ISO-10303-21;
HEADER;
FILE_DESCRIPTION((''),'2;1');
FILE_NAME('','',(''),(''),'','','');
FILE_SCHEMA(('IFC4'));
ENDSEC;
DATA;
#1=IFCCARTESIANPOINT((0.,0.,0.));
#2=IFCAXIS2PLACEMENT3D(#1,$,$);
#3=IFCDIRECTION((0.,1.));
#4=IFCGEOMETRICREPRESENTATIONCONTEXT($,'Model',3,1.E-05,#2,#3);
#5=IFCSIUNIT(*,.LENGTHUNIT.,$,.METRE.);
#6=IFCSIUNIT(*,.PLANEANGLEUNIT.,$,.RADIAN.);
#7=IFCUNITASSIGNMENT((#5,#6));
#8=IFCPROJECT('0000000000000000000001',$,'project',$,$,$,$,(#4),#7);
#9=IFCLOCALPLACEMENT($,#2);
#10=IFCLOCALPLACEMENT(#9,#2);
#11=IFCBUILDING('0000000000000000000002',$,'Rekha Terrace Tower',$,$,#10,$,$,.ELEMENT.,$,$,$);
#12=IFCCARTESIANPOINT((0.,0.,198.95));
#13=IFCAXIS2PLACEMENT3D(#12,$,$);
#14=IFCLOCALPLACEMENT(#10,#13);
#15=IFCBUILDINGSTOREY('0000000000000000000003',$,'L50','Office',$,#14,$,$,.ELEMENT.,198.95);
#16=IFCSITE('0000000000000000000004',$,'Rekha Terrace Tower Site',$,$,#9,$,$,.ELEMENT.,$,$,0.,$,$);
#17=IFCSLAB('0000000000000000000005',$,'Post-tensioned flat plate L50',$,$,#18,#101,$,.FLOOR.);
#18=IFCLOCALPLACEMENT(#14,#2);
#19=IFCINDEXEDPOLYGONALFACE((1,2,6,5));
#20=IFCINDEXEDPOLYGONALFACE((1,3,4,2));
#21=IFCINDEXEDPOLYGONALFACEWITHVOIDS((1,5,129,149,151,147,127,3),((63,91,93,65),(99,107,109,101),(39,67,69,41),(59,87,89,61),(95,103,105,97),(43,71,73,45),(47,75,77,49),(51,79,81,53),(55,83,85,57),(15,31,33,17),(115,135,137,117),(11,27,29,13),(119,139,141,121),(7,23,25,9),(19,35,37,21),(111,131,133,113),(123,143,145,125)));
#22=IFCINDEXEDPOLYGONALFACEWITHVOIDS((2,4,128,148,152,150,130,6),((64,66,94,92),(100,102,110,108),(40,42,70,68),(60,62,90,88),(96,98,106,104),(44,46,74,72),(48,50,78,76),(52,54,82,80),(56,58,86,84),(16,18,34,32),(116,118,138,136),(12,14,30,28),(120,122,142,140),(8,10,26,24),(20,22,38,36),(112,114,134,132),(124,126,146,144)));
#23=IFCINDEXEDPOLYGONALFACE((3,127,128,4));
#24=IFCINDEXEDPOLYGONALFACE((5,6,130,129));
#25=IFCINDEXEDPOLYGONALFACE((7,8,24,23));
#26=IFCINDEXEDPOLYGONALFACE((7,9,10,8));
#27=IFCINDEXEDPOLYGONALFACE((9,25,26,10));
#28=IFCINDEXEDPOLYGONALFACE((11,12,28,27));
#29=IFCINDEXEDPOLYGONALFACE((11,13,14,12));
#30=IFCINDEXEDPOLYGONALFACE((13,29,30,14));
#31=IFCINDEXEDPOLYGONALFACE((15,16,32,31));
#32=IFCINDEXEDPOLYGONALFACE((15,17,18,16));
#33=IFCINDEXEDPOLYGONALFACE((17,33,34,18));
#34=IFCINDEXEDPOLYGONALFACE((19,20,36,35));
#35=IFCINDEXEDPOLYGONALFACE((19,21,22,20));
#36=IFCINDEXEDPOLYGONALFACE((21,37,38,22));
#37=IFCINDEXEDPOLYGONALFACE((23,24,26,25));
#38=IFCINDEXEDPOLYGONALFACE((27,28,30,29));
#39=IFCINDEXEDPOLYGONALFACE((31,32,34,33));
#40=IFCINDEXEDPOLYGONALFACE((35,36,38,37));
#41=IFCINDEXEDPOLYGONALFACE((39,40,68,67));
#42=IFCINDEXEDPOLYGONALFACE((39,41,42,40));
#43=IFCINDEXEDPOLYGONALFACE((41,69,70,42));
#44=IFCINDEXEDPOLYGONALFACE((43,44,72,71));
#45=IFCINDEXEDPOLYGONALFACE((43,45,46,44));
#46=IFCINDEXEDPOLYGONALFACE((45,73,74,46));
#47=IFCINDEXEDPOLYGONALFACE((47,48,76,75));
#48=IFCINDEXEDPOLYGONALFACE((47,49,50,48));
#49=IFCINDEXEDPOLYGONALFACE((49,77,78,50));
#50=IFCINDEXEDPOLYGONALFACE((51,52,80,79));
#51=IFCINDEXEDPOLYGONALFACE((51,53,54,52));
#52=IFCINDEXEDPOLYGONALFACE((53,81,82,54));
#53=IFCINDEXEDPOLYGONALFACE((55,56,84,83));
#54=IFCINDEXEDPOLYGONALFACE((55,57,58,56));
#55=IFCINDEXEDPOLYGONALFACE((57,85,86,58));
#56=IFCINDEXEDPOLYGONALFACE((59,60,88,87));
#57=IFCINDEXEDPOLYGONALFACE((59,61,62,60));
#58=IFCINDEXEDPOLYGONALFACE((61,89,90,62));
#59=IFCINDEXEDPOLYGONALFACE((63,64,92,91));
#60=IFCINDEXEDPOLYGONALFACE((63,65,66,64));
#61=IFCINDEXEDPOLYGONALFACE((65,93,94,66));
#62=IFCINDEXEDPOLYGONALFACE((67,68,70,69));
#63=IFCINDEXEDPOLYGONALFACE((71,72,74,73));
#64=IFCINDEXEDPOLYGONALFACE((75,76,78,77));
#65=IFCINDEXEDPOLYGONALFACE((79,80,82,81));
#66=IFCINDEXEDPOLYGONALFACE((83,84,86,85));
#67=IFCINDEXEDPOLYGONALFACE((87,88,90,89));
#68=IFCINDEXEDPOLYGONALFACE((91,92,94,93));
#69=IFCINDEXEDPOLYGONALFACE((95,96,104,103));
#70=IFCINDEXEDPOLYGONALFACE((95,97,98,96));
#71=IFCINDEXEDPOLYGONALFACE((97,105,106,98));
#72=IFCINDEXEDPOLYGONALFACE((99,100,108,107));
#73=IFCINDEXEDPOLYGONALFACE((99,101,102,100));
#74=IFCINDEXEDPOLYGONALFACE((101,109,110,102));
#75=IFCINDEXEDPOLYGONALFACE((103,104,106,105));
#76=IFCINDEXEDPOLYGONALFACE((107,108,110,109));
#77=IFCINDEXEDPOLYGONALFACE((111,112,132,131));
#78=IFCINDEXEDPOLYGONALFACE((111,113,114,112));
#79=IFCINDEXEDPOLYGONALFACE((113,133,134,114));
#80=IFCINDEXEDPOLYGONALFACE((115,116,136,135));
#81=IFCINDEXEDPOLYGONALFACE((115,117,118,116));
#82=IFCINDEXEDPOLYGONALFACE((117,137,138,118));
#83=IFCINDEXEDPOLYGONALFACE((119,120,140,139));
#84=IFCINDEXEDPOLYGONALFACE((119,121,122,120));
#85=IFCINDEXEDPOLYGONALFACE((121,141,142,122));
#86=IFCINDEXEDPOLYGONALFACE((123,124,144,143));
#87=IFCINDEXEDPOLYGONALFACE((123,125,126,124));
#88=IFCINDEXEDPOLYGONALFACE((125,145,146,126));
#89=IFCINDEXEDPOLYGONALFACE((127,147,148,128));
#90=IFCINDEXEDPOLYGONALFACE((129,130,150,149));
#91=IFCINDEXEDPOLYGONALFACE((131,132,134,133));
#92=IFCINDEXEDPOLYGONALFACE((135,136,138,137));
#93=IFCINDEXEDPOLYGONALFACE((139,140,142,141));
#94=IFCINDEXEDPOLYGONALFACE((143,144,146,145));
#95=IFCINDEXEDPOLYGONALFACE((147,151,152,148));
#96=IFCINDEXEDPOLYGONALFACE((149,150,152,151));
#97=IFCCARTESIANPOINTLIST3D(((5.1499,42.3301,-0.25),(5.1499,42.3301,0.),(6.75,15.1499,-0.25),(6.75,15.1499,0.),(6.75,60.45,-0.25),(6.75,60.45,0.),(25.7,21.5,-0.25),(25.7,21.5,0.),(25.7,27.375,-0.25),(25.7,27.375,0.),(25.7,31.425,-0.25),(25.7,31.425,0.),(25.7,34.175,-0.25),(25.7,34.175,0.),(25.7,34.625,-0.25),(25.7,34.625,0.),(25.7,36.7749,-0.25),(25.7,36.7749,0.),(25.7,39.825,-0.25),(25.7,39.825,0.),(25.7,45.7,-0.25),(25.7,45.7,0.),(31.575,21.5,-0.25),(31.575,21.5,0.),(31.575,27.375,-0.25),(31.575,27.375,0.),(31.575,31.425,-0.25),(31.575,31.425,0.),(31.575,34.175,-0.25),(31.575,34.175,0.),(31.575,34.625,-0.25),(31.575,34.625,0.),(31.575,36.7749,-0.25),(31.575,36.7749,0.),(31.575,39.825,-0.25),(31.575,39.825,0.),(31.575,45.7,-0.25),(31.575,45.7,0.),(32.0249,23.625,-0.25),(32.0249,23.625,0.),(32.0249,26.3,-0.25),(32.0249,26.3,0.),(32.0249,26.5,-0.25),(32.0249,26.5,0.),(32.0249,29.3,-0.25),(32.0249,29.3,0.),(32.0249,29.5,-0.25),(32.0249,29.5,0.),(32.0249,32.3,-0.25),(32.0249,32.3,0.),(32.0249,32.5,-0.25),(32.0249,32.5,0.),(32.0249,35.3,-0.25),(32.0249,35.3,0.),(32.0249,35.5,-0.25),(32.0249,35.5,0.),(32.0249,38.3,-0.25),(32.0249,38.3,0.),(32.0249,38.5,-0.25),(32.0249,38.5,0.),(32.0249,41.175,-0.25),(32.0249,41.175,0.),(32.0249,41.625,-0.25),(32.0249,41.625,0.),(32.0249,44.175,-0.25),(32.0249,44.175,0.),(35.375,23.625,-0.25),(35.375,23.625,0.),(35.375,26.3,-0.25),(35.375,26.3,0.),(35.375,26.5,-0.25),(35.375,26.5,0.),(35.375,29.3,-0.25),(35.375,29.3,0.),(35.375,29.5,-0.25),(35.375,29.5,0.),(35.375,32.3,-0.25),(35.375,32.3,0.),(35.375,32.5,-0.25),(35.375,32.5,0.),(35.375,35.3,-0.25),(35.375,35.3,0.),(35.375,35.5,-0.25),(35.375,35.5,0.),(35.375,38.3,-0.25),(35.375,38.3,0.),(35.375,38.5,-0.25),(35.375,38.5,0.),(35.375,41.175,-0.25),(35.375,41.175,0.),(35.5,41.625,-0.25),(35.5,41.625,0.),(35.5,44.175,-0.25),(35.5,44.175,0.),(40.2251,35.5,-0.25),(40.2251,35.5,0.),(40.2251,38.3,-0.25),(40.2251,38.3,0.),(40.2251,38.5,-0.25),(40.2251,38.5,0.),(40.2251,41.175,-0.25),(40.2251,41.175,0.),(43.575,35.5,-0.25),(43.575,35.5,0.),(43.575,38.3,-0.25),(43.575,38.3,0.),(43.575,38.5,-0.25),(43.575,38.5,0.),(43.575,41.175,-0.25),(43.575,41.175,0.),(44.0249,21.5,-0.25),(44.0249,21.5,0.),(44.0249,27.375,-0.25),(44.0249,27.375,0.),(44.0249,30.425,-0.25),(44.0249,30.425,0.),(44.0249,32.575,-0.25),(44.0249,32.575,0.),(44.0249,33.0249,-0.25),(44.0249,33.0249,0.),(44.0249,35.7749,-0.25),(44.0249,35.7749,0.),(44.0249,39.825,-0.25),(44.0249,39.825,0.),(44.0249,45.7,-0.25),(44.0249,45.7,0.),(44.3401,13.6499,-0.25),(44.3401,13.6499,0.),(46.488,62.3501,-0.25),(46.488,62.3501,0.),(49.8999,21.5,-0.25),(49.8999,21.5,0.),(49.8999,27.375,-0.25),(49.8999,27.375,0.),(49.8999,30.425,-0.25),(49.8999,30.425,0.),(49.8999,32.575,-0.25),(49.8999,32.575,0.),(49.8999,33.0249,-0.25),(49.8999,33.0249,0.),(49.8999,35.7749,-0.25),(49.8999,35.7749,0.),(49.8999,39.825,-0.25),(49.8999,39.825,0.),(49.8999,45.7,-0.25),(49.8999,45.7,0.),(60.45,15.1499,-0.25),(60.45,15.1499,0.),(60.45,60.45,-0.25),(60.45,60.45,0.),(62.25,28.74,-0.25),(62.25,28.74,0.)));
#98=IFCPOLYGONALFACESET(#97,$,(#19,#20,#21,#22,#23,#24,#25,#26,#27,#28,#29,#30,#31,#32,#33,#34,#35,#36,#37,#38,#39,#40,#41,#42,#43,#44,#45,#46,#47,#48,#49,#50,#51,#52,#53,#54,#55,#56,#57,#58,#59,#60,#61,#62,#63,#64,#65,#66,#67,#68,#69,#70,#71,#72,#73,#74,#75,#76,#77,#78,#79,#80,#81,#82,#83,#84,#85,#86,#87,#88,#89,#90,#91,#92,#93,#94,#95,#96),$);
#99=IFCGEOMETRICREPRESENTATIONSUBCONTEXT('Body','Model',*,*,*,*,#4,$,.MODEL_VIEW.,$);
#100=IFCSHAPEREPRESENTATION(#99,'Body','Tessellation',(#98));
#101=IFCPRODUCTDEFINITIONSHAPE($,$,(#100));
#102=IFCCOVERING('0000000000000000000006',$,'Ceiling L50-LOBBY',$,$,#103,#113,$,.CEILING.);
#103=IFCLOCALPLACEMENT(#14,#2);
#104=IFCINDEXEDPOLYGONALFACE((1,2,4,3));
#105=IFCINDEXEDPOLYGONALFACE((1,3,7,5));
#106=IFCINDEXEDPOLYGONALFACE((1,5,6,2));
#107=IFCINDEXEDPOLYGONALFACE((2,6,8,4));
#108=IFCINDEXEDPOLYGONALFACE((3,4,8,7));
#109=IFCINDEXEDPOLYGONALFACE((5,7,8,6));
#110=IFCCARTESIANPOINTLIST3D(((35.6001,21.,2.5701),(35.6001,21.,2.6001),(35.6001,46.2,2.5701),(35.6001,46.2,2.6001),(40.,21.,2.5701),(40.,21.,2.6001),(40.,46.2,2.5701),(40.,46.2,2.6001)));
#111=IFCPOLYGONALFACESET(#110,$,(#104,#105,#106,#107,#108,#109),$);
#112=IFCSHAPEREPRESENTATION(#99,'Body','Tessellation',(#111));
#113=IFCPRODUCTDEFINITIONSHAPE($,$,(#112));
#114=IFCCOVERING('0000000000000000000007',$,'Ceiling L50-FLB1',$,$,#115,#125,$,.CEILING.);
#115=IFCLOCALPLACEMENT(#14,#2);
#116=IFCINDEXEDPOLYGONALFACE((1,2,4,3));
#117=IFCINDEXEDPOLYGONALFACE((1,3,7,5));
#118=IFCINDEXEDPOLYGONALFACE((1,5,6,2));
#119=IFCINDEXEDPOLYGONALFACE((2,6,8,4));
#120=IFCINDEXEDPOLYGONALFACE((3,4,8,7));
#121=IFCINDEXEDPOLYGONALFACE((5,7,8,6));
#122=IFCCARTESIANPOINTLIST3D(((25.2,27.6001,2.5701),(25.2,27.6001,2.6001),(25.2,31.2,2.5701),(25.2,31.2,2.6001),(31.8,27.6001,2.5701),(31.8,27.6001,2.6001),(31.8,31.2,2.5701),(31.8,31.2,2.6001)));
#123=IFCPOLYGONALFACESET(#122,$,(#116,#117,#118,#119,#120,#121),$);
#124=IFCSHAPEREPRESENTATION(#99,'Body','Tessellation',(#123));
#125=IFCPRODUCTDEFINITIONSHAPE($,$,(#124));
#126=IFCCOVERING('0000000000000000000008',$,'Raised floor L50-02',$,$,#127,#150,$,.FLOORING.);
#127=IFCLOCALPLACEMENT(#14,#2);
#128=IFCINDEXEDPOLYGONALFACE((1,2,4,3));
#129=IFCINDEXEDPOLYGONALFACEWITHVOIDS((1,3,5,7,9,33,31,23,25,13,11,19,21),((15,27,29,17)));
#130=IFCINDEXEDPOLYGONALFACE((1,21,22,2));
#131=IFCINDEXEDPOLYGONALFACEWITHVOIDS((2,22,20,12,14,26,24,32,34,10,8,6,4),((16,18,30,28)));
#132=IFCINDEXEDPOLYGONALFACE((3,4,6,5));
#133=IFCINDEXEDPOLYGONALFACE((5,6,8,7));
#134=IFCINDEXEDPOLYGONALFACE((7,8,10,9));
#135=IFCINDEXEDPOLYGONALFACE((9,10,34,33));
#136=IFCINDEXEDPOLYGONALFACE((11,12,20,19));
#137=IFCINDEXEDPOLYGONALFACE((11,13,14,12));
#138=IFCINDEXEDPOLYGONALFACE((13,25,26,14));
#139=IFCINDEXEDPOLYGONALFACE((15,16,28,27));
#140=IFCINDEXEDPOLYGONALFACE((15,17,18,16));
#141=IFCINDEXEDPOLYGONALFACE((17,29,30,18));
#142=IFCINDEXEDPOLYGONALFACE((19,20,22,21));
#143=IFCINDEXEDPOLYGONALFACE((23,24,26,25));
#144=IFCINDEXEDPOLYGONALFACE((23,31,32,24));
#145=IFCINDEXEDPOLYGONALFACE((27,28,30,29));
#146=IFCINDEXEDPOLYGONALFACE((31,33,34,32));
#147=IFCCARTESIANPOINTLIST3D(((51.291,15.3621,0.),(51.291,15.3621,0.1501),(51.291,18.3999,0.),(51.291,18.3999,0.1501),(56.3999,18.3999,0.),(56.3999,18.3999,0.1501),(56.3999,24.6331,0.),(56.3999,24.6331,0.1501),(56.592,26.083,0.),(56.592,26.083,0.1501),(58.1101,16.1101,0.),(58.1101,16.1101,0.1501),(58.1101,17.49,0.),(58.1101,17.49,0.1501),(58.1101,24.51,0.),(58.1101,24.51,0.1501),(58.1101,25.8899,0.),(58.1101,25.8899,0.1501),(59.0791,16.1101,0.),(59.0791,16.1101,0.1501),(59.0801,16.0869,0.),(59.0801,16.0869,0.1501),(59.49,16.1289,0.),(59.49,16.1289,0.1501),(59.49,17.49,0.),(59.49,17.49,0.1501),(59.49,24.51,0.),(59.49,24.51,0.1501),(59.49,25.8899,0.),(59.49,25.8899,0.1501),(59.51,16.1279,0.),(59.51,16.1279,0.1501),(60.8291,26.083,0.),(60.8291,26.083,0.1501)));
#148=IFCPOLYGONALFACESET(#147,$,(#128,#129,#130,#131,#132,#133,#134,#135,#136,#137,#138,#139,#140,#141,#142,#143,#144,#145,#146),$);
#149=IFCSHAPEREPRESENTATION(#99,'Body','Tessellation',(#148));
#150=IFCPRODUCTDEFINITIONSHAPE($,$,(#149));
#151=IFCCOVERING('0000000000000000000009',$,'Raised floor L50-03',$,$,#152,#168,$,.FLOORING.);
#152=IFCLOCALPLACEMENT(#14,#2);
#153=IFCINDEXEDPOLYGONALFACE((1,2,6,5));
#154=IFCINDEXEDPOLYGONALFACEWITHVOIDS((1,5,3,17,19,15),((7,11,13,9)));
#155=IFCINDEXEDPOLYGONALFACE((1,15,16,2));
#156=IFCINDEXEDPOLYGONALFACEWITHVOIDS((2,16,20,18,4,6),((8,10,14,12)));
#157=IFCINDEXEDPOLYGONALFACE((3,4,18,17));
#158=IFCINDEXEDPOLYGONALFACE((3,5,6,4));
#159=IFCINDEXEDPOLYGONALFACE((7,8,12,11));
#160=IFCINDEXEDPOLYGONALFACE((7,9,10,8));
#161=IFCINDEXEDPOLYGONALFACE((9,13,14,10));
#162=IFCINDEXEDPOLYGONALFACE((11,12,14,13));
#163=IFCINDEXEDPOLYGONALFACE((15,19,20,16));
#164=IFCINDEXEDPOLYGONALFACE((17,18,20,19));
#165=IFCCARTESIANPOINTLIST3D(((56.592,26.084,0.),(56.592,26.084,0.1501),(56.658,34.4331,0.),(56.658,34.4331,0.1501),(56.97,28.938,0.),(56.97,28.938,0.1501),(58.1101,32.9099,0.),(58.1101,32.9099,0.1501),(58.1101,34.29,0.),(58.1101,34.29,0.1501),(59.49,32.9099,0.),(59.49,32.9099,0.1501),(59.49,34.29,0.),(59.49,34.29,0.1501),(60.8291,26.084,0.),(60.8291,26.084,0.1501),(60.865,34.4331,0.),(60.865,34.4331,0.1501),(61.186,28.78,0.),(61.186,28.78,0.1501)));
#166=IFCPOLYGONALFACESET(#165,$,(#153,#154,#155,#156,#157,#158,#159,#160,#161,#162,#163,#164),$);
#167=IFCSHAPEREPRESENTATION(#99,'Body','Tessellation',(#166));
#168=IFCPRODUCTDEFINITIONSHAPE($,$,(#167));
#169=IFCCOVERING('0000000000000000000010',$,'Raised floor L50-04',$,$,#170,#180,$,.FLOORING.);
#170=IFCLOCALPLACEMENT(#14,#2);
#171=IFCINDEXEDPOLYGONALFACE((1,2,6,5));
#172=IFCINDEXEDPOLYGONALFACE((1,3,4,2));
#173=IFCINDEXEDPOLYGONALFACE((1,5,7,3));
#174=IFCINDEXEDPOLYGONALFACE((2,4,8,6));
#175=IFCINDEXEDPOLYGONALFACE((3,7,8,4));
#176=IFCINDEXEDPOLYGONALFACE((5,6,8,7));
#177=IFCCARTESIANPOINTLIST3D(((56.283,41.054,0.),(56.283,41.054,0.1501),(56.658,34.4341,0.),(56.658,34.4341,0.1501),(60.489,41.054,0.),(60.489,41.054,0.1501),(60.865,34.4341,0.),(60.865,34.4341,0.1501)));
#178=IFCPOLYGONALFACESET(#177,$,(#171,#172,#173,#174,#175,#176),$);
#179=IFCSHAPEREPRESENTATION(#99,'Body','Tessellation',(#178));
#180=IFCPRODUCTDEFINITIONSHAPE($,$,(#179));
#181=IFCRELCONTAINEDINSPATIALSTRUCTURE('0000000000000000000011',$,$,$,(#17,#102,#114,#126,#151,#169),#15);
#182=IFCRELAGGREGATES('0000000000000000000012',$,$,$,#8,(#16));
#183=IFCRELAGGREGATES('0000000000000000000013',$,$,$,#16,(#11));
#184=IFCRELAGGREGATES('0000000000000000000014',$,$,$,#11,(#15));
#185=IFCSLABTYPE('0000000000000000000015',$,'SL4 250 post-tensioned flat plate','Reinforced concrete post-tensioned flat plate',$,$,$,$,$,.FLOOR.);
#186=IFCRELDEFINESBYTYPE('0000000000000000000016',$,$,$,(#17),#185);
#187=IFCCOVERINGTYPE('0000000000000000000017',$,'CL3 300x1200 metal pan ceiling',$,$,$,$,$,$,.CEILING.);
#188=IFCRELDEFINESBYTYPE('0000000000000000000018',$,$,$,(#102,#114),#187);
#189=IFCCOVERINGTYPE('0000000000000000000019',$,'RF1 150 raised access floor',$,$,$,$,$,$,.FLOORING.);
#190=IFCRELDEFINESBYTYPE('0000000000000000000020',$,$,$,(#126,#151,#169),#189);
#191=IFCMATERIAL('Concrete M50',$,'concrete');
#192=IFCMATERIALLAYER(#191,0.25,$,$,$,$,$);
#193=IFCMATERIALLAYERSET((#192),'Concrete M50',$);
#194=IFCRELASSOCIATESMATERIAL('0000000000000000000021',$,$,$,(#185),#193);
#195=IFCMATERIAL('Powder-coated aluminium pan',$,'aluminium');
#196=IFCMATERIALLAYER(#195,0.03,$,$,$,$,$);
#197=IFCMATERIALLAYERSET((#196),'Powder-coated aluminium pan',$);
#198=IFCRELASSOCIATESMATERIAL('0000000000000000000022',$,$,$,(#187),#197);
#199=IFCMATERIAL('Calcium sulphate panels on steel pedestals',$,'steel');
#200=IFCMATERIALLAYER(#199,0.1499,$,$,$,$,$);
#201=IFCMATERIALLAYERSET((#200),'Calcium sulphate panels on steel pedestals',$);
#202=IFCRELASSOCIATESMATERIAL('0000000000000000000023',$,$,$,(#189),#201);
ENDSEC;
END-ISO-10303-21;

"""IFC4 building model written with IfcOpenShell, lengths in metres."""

from ifc_helpers import new_model, si_unit, direction, frame, origin, place, context, subcontext, project, spatial, polyline, outline, extrude, material, layer, layer_set, type_object, element, save


model = new_model("IFC4")

# Units and contexts
model_context = context("Model", 3, precision=1e-05, world=origin(), true_north=direction((0.0, 1.0)))
body_context = subcontext(model_context, "Body", "Model", "MODEL_VIEW")
ifc_project = project(units=[si_unit("LENGTHUNIT", "METRE"), si_unit("PLANEANGLEUNIT", "RADIAN")], contexts=[model_context])

# Site, building, storey
site_placement = place(None, origin())
site = spatial("IfcSite", under=ifc_project, at=site_placement, Name="Rekha Terrace Tower Site", CompositionType="ELEMENT", RefElevation=0.0)
building_placement = place(site_placement, origin())
building = spatial("IfcBuilding", under=site, at=building_placement, Name="Rekha Terrace Tower", CompositionType="ELEMENT")
storey_placement = place(building_placement, frame((0.0, 0.0, 198.95)))
storey = spatial("IfcBuildingStorey", under=building, at=storey_placement, Name="L50", Description="Office", CompositionType="ELEMENT", Elevation=198.95)

# Slab
ifc_material_1 = material(Name="Concrete M50", Category="concrete")
ifc_layer_1 = layer(ifc_material_1, 0.25)
ifc_layer_set_1 = layer_set([ifc_layer_1], Name="Concrete M50")
slab_type_1 = type_object("IfcSlabType", Name="SL4 250 post-tensioned flat plate", Description="Reinforced concrete post-tensioned flat plate", PredefinedType="FLOOR", material=ifc_layer_set_1)
slab_1_placement = place(storey_placement, frame((0.0, 0.0, -0.25)))
element("IfcSlab", 1, at=slab_1_placement, inside=storey, type_object=slab_type_1, Name="Post-tensioned flat plate L50", PredefinedType="FLOOR", context=body_context, shape_type="SweptSolid", body=[
    extrude(outline(polyline([(5.1499, 42.3301), (6.75, 15.1499), (44.3401, 13.6499), (60.45, 15.1499), (62.25, 28.74), (60.45, 60.45), (46.488, 62.3501), (6.75, 60.45), (5.1499, 42.3301)]), holes=[polyline([(31.575, 27.375), (31.575, 21.5), (25.7, 21.5), (25.7, 27.375), (31.575, 27.375)]), polyline([(35.375, 26.3), (35.375, 23.625), (32.0249, 23.625), (32.0249, 26.3), (35.375, 26.3)]), polyline([(35.375, 29.3), (35.375, 26.5), (32.0249, 26.5), (32.0249, 29.3), (35.375, 29.3)]), polyline([(35.375, 32.3), (35.375, 29.5), (32.0249, 29.5), (32.0249, 32.3), (35.375, 32.3)]), polyline([(31.575, 34.175), (31.575, 31.425), (25.7, 31.425), (25.7, 34.175), (31.575, 34.175)]), polyline([(35.375, 35.3), (35.375, 32.5), (32.0249, 32.5), (32.0249, 35.3), (35.375, 35.3)]), polyline([(31.575, 36.7749), (31.575, 34.625), (25.7, 34.625), (25.7, 36.7749), (31.575, 36.7749)]), polyline([(35.375, 38.3), (35.375, 35.5), (32.0249, 35.5), (32.0249, 38.3), (35.375, 38.3)]), polyline([(31.575, 45.7), (31.575, 39.825), (25.7, 39.825), (25.7, 45.7), (31.575, 45.7)]), polyline([(49.8999, 27.375), (49.8999, 21.5), (44.0249, 21.5), (44.0249, 27.375), (49.8999, 27.375)]), polyline([(49.8999, 32.575), (49.8999, 30.425), (44.0249, 30.425), (44.0249, 32.575), (49.8999, 32.575)]), polyline([(49.8999, 35.7749), (49.8999, 33.0249), (44.0249, 33.0249), (44.0249, 35.7749), (49.8999, 35.7749)]), polyline([(43.575, 38.3), (43.575, 35.5), (40.2251, 35.5), (40.2251, 38.3), (43.575, 38.3)]), polyline([(35.375, 41.175), (35.375, 38.5), (32.0249, 38.5), (32.0249, 41.175), (35.375, 41.175)]), polyline([(43.575, 41.175), (43.575, 38.5), (40.2251, 38.5), (40.2251, 41.175), (43.575, 41.175)]), polyline([(49.8999, 39.825), (44.0249, 39.825), (44.0249, 45.7), (49.8999, 45.7), (49.8999, 39.825)]), polyline([(35.5, 41.625), (32.0249, 41.625), (32.0249, 44.175), (35.5, 44.175), (35.5, 41.625)])]), origin(), (0.0, 0.0, 1.0), 0.25),
])

# Coverings
ifc_material_2 = material(Name="Powder-coated aluminium pan", Category="aluminium")
ifc_layer_2 = layer(ifc_material_2, 0.03)
ifc_layer_set_2 = layer_set([ifc_layer_2], Name="Powder-coated aluminium pan")
covering_type_1 = type_object("IfcCoveringType", Name="CL3 300x1200 metal pan ceiling", PredefinedType="CEILING", material=ifc_layer_set_2)
covering_1_placement = place(storey_placement, frame((0.0, 0.0, 2.5701)))
element("IfcCovering", 2, at=covering_1_placement, inside=storey, type_object=covering_type_1, Name="Ceiling L50-LOBBY", PredefinedType="CEILING", context=body_context, shape_type="SweptSolid", body=[
    extrude(outline(polyline([(40.0, 46.2), (35.6001, 46.2), (35.6001, 21.0), (40.0, 21.0), (40.0, 46.2)])), origin(), (0.0, 0.0, 1.0), 0.03),
])
covering_2_placement = place(storey_placement, frame((0.0, 0.0, 2.5701)))
element("IfcCovering", 3, at=covering_2_placement, inside=storey, type_object=covering_type_1, Name="Ceiling L50-FLB1", PredefinedType="CEILING", context=body_context, shape_type="SweptSolid", body=[
    extrude(outline(polyline([(31.8, 31.2), (25.2, 31.2), (25.2, 27.6001), (31.8, 27.6001), (31.8, 31.2)])), origin(), (0.0, 0.0, 1.0), 0.03),
])
ifc_material_3 = material(Name="Calcium sulphate panels on steel pedestals", Category="steel")
ifc_layer_3 = layer(ifc_material_3, 0.1499)
ifc_layer_set_3 = layer_set([ifc_layer_3], Name="Calcium sulphate panels on steel pedestals")
covering_type_2 = type_object("IfcCoveringType", Name="RF1 150 raised access floor", PredefinedType="FLOORING", material=ifc_layer_set_3)
covering_3_placement = place(storey_placement, origin())
element("IfcCovering", 4, at=covering_3_placement, inside=storey, type_object=covering_type_2, Name="Raised floor L50-02", PredefinedType="FLOORING", context=body_context, shape_type="SweptSolid", body=[
    extrude(outline(polyline([(56.3999, 18.3999), (51.291, 18.3999), (51.291, 15.3621), (59.0801, 16.0869), (59.0791, 16.1101), (58.1101, 16.1101), (58.1101, 17.49), (59.49, 17.49), (59.49, 16.1289), (59.51, 16.1279), (60.8291, 26.083), (56.592, 26.083), (56.3999, 24.6331), (56.3999, 18.3999)]), holes=[polyline([(59.49, 24.51), (58.1101, 24.51), (58.1101, 25.8899), (59.49, 25.8899), (59.49, 24.51)])]), origin(), (0.0, 0.0, 1.0), 0.1501),
])
covering_4_placement = place(storey_placement, origin())
element("IfcCovering", 5, at=covering_4_placement, inside=storey, type_object=covering_type_2, Name="Raised floor L50-03", PredefinedType="FLOORING", context=body_context, shape_type="SweptSolid", body=[
    extrude(outline(polyline([(56.658, 34.4331), (56.97, 28.938), (56.592, 26.084), (60.8291, 26.084), (61.186, 28.78), (60.865, 34.4331), (56.658, 34.4331)]), holes=[polyline([(59.49, 34.29), (59.49, 32.9099), (58.1101, 32.9099), (58.1101, 34.29), (59.49, 34.29)])]), origin(), (0.0, 0.0, 1.0), 0.1501),
])
covering_5_placement = place(storey_placement, origin())
element("IfcCovering", 6, at=covering_5_placement, inside=storey, type_object=covering_type_2, Name="Raised floor L50-04", PredefinedType="FLOORING", context=body_context, shape_type="SweptSolid", body=[
    extrude(outline(polyline([(56.658, 34.4341), (60.865, 34.4341), (60.489, 41.054), (56.283, 41.054), (56.658, 34.4341)])), origin(), (0.0, 0.0, 1.0), 0.1501),
])

save(model, "model.ifc")
